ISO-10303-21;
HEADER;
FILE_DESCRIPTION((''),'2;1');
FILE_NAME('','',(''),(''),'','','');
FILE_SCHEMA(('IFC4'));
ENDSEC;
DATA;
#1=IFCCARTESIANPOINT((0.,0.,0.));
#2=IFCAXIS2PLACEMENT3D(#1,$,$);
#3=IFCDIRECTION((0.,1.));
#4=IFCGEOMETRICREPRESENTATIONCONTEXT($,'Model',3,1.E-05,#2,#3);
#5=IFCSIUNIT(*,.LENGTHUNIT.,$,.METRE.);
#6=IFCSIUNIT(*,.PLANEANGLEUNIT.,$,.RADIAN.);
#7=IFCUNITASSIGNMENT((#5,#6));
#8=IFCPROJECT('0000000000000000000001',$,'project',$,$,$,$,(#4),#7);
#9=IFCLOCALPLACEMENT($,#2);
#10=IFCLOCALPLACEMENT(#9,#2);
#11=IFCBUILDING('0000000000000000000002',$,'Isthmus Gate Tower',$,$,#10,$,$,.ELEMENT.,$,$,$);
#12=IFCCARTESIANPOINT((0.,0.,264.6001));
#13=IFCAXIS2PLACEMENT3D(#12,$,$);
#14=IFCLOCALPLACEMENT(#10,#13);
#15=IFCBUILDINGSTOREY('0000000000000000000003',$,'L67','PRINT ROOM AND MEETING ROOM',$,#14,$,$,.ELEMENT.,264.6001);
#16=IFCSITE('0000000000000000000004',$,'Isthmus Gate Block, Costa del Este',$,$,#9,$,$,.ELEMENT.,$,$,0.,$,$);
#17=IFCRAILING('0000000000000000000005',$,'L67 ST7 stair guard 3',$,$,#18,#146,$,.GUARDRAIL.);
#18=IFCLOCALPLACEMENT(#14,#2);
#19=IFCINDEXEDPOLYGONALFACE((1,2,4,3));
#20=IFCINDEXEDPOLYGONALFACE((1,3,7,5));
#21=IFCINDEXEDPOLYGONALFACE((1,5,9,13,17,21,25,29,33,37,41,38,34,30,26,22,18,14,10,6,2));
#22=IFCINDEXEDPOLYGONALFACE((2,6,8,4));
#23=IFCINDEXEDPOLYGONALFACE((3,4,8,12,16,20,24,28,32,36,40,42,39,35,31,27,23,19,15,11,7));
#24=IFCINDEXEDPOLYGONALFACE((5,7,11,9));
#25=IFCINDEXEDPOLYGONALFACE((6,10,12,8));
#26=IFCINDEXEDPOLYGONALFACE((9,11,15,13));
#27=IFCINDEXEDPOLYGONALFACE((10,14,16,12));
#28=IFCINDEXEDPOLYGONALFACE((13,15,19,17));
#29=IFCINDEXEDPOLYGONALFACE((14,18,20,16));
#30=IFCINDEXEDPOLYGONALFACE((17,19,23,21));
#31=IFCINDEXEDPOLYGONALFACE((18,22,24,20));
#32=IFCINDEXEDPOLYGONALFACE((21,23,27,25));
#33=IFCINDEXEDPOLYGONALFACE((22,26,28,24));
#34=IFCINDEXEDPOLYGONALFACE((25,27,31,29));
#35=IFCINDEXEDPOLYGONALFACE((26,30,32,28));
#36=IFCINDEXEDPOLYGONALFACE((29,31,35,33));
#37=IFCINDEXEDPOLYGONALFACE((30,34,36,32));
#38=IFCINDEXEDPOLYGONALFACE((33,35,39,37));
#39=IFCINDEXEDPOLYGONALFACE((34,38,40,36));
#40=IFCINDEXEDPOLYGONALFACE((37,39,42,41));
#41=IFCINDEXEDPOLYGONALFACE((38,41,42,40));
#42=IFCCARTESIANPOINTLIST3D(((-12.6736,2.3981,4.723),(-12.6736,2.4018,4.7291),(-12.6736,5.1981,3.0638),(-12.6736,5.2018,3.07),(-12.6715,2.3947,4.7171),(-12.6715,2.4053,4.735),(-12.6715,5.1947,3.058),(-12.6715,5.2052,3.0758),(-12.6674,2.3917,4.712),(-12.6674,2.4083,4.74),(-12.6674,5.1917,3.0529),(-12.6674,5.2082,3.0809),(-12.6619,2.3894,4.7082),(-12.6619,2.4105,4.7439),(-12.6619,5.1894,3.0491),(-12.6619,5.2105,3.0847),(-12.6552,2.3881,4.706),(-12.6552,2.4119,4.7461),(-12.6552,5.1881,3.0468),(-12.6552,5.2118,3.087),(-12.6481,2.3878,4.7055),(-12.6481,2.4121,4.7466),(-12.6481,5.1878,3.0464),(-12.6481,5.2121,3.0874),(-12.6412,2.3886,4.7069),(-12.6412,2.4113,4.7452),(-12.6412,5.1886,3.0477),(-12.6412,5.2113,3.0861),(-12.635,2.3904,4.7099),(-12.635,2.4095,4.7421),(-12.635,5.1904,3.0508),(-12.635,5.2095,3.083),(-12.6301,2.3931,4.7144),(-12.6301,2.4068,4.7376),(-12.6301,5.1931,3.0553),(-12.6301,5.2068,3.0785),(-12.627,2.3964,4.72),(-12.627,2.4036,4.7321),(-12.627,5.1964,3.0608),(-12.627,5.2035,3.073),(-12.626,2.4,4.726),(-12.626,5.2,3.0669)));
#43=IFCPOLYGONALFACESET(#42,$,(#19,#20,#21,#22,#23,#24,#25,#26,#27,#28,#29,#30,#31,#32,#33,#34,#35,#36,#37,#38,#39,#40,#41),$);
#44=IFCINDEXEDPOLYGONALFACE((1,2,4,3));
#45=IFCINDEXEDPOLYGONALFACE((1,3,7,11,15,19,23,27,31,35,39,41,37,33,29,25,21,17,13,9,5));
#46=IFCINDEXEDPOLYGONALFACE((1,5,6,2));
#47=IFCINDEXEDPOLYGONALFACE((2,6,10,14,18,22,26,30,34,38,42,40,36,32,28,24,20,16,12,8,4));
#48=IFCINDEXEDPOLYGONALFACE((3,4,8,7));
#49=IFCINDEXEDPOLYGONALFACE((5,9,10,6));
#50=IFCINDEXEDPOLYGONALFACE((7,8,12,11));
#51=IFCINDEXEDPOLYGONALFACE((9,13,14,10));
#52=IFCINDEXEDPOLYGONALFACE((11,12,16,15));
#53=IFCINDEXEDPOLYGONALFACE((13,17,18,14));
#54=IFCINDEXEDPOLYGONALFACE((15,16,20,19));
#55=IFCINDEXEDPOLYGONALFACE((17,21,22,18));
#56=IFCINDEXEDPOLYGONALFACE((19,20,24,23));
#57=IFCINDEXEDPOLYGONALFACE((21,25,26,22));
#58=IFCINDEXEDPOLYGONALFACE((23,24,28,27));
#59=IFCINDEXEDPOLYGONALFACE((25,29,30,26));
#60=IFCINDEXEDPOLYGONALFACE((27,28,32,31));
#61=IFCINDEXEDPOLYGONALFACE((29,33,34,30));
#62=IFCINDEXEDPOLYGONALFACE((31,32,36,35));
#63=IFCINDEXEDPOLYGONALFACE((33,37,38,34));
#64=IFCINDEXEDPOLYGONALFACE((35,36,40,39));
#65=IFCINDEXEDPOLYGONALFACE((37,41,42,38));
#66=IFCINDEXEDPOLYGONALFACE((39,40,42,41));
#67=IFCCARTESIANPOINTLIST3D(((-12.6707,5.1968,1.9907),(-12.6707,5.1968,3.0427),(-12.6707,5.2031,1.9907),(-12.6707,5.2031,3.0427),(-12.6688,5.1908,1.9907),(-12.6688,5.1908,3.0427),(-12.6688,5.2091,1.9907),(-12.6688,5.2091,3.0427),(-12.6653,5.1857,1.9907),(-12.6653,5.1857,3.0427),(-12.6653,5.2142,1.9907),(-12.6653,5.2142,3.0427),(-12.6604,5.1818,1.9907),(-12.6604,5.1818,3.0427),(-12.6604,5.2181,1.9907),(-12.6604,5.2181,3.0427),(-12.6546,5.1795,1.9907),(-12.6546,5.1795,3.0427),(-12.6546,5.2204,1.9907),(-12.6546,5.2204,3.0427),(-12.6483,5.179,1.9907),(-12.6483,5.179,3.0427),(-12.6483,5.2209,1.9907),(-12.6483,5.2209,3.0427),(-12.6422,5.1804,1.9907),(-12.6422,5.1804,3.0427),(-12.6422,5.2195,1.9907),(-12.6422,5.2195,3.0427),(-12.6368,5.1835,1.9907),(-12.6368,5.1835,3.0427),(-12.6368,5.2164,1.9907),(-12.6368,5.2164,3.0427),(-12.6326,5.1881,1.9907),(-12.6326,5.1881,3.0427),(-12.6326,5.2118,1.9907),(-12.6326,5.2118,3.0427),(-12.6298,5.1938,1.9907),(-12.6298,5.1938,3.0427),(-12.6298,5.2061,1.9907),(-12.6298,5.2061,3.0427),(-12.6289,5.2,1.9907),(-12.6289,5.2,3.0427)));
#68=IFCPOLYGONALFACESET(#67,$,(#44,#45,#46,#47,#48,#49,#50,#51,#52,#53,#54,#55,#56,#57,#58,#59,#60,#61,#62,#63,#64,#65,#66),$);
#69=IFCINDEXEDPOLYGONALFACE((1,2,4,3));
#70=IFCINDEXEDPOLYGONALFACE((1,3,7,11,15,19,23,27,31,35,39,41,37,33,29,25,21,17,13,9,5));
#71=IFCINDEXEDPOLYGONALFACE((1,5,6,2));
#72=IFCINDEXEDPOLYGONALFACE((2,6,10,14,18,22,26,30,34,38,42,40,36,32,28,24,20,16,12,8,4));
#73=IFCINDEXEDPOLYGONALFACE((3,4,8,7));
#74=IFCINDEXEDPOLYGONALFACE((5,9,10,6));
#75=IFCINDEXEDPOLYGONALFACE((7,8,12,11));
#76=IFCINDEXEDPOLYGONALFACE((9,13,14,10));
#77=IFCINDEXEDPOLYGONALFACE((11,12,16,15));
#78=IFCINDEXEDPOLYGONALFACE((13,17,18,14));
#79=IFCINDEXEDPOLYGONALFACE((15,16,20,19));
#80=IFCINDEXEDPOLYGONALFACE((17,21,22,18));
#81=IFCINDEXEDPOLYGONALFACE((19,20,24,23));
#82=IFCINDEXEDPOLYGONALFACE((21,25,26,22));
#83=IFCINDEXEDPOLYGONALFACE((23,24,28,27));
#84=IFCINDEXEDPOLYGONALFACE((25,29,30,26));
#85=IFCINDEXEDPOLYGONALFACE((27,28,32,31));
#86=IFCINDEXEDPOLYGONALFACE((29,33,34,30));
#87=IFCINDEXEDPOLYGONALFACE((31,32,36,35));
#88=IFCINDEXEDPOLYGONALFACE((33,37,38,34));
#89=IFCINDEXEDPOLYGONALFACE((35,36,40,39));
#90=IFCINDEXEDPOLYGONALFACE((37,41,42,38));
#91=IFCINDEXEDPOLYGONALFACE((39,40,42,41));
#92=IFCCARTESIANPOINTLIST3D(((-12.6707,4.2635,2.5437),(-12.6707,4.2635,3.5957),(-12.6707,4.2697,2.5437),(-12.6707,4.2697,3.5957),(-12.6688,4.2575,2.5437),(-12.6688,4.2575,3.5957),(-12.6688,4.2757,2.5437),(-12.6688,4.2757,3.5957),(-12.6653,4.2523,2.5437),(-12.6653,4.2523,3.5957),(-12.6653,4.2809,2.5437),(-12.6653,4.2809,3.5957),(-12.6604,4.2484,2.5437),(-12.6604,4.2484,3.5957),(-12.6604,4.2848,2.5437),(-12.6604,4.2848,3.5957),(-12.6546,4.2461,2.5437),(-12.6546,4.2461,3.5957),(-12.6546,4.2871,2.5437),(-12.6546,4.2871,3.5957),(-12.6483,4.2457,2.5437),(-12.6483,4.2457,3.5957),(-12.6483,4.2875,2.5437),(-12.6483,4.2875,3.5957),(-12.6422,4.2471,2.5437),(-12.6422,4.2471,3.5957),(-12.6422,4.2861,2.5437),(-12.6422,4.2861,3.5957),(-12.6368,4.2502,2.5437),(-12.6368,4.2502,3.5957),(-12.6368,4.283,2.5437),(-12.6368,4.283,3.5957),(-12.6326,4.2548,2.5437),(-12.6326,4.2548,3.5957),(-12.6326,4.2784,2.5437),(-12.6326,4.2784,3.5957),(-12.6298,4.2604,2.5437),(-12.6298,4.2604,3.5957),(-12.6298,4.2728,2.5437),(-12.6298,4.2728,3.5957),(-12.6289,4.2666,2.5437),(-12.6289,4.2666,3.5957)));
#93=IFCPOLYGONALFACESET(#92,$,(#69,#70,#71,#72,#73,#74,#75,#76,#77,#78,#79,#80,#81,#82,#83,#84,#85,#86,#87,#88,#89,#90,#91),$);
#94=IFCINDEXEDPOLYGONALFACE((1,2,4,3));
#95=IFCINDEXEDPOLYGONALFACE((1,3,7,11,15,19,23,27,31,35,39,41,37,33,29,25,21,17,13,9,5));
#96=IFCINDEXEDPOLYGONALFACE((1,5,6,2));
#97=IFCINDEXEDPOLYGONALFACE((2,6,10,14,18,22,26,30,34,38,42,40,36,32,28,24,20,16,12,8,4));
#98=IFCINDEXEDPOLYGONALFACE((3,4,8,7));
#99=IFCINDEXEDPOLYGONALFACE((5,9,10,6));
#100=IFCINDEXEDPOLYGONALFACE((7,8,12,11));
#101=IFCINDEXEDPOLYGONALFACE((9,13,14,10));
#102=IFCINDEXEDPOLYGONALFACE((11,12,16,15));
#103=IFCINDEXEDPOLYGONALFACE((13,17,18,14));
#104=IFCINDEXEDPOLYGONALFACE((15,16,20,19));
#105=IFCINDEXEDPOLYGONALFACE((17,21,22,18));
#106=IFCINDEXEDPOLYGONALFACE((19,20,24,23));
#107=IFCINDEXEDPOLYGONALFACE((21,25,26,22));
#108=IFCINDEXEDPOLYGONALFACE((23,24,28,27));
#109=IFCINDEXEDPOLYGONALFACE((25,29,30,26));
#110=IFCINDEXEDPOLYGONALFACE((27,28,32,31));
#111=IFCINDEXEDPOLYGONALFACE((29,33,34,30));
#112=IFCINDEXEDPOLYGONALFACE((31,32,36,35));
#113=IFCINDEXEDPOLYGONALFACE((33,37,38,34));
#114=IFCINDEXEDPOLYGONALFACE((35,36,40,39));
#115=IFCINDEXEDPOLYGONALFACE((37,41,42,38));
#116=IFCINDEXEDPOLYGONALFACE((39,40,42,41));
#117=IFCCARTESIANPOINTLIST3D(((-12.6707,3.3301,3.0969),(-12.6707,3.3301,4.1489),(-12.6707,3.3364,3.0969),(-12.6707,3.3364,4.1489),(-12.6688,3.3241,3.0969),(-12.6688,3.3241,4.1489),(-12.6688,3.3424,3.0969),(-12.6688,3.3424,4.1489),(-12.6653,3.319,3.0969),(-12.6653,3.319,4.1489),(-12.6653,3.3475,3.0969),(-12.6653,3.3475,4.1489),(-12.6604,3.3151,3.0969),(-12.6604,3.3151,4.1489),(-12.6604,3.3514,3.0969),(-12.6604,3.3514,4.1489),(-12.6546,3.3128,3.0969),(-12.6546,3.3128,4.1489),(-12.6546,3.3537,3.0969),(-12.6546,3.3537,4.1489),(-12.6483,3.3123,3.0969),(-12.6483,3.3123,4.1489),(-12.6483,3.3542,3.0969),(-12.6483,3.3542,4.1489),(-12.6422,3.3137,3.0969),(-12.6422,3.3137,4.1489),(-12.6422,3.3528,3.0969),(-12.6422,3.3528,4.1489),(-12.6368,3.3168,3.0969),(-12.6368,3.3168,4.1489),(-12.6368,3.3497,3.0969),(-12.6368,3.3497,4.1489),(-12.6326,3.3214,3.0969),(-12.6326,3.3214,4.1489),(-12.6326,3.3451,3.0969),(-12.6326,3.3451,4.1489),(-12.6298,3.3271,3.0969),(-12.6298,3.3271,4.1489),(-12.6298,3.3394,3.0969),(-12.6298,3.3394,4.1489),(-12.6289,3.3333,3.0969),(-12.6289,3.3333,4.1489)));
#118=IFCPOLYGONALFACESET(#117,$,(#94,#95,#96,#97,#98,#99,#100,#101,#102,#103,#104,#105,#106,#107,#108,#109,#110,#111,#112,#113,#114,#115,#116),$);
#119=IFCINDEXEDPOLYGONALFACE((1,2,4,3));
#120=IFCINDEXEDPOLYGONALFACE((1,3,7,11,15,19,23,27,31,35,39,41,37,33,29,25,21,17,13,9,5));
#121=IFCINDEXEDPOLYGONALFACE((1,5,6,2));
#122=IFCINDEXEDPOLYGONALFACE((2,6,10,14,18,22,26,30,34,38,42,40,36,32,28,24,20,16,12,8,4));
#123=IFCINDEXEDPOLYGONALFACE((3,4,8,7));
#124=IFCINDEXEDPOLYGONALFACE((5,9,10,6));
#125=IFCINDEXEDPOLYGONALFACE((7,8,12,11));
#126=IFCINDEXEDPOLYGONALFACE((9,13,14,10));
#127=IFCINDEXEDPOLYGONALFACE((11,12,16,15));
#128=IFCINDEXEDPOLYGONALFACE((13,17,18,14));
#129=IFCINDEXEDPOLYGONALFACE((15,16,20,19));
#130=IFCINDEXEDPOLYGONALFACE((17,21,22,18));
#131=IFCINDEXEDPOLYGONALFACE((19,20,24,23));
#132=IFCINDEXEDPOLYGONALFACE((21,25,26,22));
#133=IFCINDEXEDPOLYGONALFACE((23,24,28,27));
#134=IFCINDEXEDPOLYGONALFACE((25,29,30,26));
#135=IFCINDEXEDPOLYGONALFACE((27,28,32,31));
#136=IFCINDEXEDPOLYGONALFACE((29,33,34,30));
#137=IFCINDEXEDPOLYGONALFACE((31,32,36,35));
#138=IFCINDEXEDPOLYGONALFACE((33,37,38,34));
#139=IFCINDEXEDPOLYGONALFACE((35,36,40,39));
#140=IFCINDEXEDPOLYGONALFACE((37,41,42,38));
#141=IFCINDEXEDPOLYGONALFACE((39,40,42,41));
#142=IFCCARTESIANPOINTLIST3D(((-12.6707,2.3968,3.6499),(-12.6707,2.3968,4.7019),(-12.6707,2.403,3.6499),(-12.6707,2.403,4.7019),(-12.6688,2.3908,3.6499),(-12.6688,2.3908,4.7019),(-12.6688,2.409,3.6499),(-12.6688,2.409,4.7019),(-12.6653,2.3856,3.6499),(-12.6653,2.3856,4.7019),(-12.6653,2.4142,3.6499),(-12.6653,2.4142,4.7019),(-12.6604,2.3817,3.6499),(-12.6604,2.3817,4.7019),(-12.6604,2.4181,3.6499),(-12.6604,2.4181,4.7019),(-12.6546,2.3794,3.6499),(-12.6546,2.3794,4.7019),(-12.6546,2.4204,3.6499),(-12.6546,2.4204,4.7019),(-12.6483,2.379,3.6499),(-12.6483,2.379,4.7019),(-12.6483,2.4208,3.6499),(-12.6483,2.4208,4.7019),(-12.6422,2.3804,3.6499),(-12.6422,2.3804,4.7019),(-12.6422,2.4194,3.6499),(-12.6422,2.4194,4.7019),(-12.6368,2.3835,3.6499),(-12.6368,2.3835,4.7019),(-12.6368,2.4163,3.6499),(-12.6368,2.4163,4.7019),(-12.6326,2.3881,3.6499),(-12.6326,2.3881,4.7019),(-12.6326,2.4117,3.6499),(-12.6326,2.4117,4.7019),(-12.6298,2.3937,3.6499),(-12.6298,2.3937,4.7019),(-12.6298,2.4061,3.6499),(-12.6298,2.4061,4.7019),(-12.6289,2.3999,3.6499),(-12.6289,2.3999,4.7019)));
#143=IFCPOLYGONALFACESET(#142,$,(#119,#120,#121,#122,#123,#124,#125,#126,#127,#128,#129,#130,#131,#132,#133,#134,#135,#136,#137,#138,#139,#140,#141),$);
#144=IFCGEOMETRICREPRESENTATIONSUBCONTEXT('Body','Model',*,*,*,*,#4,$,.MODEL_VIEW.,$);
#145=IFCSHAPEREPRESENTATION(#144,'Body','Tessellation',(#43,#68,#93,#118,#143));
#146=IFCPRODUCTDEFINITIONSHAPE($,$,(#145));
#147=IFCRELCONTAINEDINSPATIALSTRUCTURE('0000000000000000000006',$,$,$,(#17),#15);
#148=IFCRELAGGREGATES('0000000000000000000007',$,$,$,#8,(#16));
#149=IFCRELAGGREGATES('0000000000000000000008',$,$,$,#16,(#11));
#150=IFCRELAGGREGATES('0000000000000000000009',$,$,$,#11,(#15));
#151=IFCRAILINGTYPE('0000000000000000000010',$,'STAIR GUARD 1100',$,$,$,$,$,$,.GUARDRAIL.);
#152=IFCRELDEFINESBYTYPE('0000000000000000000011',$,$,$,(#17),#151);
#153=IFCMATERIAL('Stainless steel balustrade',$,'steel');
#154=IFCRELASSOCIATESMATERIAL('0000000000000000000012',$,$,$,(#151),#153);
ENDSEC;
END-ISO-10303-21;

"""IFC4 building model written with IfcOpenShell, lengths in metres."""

from ifc_helpers import new_model, si_unit, direction, frame, origin, origin_2d, place, context, subcontext, project, spatial, circle, extrude, material, type_object, element, save


model = new_model("IFC4")

# Units and contexts
model_context = context("Model", 3, precision=1e-05, world=origin(), true_north=direction((0.0, 1.0)))
body_context = subcontext(model_context, "Body", "Model", "MODEL_VIEW")
ifc_project = project(units=[si_unit("LENGTHUNIT", "METRE"), si_unit("PLANEANGLEUNIT", "RADIAN")], contexts=[model_context])

# Site, building, storey
site_placement = place(None, origin())
site = spatial("IfcSite", under=ifc_project, at=site_placement, Name="Isthmus Gate Block, Costa del Este", CompositionType="ELEMENT", RefElevation=0.0)
building_placement = place(site_placement, origin())
building = spatial("IfcBuilding", under=site, at=building_placement, Name="Isthmus Gate Tower", CompositionType="ELEMENT")
storey_placement = place(building_placement, frame((0.0, 0.0, 264.6001)))
storey = spatial("IfcBuildingStorey", under=building, at=storey_placement, Name="L67", Description="PRINT ROOM AND MEETING ROOM", CompositionType="ELEMENT", Elevation=264.6001)

# Railing
ifc_material_1 = material(Name="Stainless steel balustrade", Category="steel")
railing_type_1 = type_object("IfcRailingType", Name="STAIR GUARD 1100", PredefinedType="GUARDRAIL", material=ifc_material_1)
railing_1_placement = place(storey_placement, frame((-12.6499, 5.2, 1.9907)))
element("IfcRailing", 1, at=railing_1_placement, inside=storey, type_object=railing_type_1, Name="L67 ST7 stair guard 3", PredefinedType="GUARDRAIL", context=body_context, shape_type="SweptSolid", body=[
    extrude(circle(Radius=0.0239, at=origin_2d()), frame((0.0, 0.0, 1.0762), z_axis=(0.0, -0.860306, 0.509778), x_axis=(1.0, 0.0, 0.0)), (0.0, 0.0, 1.0), 3.2546),
    extrude(circle(Radius=0.021, at=origin_2d()), origin(), (0.0, 0.0, 1.0), 1.052),
    extrude(circle(Radius=0.021, at=origin_2d()), frame((0.0, -0.9333, 0.553)), (0.0, 0.0, 1.0), 1.052),
    extrude(circle(Radius=0.021, at=origin_2d()), frame((0.0, -1.8667, 1.1062)), (0.0, 0.0, 1.0), 1.052),
    extrude(circle(Radius=0.021, at=origin_2d()), frame((0.0, -2.8, 1.6592)), (0.0, 0.0, 1.0), 1.052),
])

save(model, "model.ifc")
